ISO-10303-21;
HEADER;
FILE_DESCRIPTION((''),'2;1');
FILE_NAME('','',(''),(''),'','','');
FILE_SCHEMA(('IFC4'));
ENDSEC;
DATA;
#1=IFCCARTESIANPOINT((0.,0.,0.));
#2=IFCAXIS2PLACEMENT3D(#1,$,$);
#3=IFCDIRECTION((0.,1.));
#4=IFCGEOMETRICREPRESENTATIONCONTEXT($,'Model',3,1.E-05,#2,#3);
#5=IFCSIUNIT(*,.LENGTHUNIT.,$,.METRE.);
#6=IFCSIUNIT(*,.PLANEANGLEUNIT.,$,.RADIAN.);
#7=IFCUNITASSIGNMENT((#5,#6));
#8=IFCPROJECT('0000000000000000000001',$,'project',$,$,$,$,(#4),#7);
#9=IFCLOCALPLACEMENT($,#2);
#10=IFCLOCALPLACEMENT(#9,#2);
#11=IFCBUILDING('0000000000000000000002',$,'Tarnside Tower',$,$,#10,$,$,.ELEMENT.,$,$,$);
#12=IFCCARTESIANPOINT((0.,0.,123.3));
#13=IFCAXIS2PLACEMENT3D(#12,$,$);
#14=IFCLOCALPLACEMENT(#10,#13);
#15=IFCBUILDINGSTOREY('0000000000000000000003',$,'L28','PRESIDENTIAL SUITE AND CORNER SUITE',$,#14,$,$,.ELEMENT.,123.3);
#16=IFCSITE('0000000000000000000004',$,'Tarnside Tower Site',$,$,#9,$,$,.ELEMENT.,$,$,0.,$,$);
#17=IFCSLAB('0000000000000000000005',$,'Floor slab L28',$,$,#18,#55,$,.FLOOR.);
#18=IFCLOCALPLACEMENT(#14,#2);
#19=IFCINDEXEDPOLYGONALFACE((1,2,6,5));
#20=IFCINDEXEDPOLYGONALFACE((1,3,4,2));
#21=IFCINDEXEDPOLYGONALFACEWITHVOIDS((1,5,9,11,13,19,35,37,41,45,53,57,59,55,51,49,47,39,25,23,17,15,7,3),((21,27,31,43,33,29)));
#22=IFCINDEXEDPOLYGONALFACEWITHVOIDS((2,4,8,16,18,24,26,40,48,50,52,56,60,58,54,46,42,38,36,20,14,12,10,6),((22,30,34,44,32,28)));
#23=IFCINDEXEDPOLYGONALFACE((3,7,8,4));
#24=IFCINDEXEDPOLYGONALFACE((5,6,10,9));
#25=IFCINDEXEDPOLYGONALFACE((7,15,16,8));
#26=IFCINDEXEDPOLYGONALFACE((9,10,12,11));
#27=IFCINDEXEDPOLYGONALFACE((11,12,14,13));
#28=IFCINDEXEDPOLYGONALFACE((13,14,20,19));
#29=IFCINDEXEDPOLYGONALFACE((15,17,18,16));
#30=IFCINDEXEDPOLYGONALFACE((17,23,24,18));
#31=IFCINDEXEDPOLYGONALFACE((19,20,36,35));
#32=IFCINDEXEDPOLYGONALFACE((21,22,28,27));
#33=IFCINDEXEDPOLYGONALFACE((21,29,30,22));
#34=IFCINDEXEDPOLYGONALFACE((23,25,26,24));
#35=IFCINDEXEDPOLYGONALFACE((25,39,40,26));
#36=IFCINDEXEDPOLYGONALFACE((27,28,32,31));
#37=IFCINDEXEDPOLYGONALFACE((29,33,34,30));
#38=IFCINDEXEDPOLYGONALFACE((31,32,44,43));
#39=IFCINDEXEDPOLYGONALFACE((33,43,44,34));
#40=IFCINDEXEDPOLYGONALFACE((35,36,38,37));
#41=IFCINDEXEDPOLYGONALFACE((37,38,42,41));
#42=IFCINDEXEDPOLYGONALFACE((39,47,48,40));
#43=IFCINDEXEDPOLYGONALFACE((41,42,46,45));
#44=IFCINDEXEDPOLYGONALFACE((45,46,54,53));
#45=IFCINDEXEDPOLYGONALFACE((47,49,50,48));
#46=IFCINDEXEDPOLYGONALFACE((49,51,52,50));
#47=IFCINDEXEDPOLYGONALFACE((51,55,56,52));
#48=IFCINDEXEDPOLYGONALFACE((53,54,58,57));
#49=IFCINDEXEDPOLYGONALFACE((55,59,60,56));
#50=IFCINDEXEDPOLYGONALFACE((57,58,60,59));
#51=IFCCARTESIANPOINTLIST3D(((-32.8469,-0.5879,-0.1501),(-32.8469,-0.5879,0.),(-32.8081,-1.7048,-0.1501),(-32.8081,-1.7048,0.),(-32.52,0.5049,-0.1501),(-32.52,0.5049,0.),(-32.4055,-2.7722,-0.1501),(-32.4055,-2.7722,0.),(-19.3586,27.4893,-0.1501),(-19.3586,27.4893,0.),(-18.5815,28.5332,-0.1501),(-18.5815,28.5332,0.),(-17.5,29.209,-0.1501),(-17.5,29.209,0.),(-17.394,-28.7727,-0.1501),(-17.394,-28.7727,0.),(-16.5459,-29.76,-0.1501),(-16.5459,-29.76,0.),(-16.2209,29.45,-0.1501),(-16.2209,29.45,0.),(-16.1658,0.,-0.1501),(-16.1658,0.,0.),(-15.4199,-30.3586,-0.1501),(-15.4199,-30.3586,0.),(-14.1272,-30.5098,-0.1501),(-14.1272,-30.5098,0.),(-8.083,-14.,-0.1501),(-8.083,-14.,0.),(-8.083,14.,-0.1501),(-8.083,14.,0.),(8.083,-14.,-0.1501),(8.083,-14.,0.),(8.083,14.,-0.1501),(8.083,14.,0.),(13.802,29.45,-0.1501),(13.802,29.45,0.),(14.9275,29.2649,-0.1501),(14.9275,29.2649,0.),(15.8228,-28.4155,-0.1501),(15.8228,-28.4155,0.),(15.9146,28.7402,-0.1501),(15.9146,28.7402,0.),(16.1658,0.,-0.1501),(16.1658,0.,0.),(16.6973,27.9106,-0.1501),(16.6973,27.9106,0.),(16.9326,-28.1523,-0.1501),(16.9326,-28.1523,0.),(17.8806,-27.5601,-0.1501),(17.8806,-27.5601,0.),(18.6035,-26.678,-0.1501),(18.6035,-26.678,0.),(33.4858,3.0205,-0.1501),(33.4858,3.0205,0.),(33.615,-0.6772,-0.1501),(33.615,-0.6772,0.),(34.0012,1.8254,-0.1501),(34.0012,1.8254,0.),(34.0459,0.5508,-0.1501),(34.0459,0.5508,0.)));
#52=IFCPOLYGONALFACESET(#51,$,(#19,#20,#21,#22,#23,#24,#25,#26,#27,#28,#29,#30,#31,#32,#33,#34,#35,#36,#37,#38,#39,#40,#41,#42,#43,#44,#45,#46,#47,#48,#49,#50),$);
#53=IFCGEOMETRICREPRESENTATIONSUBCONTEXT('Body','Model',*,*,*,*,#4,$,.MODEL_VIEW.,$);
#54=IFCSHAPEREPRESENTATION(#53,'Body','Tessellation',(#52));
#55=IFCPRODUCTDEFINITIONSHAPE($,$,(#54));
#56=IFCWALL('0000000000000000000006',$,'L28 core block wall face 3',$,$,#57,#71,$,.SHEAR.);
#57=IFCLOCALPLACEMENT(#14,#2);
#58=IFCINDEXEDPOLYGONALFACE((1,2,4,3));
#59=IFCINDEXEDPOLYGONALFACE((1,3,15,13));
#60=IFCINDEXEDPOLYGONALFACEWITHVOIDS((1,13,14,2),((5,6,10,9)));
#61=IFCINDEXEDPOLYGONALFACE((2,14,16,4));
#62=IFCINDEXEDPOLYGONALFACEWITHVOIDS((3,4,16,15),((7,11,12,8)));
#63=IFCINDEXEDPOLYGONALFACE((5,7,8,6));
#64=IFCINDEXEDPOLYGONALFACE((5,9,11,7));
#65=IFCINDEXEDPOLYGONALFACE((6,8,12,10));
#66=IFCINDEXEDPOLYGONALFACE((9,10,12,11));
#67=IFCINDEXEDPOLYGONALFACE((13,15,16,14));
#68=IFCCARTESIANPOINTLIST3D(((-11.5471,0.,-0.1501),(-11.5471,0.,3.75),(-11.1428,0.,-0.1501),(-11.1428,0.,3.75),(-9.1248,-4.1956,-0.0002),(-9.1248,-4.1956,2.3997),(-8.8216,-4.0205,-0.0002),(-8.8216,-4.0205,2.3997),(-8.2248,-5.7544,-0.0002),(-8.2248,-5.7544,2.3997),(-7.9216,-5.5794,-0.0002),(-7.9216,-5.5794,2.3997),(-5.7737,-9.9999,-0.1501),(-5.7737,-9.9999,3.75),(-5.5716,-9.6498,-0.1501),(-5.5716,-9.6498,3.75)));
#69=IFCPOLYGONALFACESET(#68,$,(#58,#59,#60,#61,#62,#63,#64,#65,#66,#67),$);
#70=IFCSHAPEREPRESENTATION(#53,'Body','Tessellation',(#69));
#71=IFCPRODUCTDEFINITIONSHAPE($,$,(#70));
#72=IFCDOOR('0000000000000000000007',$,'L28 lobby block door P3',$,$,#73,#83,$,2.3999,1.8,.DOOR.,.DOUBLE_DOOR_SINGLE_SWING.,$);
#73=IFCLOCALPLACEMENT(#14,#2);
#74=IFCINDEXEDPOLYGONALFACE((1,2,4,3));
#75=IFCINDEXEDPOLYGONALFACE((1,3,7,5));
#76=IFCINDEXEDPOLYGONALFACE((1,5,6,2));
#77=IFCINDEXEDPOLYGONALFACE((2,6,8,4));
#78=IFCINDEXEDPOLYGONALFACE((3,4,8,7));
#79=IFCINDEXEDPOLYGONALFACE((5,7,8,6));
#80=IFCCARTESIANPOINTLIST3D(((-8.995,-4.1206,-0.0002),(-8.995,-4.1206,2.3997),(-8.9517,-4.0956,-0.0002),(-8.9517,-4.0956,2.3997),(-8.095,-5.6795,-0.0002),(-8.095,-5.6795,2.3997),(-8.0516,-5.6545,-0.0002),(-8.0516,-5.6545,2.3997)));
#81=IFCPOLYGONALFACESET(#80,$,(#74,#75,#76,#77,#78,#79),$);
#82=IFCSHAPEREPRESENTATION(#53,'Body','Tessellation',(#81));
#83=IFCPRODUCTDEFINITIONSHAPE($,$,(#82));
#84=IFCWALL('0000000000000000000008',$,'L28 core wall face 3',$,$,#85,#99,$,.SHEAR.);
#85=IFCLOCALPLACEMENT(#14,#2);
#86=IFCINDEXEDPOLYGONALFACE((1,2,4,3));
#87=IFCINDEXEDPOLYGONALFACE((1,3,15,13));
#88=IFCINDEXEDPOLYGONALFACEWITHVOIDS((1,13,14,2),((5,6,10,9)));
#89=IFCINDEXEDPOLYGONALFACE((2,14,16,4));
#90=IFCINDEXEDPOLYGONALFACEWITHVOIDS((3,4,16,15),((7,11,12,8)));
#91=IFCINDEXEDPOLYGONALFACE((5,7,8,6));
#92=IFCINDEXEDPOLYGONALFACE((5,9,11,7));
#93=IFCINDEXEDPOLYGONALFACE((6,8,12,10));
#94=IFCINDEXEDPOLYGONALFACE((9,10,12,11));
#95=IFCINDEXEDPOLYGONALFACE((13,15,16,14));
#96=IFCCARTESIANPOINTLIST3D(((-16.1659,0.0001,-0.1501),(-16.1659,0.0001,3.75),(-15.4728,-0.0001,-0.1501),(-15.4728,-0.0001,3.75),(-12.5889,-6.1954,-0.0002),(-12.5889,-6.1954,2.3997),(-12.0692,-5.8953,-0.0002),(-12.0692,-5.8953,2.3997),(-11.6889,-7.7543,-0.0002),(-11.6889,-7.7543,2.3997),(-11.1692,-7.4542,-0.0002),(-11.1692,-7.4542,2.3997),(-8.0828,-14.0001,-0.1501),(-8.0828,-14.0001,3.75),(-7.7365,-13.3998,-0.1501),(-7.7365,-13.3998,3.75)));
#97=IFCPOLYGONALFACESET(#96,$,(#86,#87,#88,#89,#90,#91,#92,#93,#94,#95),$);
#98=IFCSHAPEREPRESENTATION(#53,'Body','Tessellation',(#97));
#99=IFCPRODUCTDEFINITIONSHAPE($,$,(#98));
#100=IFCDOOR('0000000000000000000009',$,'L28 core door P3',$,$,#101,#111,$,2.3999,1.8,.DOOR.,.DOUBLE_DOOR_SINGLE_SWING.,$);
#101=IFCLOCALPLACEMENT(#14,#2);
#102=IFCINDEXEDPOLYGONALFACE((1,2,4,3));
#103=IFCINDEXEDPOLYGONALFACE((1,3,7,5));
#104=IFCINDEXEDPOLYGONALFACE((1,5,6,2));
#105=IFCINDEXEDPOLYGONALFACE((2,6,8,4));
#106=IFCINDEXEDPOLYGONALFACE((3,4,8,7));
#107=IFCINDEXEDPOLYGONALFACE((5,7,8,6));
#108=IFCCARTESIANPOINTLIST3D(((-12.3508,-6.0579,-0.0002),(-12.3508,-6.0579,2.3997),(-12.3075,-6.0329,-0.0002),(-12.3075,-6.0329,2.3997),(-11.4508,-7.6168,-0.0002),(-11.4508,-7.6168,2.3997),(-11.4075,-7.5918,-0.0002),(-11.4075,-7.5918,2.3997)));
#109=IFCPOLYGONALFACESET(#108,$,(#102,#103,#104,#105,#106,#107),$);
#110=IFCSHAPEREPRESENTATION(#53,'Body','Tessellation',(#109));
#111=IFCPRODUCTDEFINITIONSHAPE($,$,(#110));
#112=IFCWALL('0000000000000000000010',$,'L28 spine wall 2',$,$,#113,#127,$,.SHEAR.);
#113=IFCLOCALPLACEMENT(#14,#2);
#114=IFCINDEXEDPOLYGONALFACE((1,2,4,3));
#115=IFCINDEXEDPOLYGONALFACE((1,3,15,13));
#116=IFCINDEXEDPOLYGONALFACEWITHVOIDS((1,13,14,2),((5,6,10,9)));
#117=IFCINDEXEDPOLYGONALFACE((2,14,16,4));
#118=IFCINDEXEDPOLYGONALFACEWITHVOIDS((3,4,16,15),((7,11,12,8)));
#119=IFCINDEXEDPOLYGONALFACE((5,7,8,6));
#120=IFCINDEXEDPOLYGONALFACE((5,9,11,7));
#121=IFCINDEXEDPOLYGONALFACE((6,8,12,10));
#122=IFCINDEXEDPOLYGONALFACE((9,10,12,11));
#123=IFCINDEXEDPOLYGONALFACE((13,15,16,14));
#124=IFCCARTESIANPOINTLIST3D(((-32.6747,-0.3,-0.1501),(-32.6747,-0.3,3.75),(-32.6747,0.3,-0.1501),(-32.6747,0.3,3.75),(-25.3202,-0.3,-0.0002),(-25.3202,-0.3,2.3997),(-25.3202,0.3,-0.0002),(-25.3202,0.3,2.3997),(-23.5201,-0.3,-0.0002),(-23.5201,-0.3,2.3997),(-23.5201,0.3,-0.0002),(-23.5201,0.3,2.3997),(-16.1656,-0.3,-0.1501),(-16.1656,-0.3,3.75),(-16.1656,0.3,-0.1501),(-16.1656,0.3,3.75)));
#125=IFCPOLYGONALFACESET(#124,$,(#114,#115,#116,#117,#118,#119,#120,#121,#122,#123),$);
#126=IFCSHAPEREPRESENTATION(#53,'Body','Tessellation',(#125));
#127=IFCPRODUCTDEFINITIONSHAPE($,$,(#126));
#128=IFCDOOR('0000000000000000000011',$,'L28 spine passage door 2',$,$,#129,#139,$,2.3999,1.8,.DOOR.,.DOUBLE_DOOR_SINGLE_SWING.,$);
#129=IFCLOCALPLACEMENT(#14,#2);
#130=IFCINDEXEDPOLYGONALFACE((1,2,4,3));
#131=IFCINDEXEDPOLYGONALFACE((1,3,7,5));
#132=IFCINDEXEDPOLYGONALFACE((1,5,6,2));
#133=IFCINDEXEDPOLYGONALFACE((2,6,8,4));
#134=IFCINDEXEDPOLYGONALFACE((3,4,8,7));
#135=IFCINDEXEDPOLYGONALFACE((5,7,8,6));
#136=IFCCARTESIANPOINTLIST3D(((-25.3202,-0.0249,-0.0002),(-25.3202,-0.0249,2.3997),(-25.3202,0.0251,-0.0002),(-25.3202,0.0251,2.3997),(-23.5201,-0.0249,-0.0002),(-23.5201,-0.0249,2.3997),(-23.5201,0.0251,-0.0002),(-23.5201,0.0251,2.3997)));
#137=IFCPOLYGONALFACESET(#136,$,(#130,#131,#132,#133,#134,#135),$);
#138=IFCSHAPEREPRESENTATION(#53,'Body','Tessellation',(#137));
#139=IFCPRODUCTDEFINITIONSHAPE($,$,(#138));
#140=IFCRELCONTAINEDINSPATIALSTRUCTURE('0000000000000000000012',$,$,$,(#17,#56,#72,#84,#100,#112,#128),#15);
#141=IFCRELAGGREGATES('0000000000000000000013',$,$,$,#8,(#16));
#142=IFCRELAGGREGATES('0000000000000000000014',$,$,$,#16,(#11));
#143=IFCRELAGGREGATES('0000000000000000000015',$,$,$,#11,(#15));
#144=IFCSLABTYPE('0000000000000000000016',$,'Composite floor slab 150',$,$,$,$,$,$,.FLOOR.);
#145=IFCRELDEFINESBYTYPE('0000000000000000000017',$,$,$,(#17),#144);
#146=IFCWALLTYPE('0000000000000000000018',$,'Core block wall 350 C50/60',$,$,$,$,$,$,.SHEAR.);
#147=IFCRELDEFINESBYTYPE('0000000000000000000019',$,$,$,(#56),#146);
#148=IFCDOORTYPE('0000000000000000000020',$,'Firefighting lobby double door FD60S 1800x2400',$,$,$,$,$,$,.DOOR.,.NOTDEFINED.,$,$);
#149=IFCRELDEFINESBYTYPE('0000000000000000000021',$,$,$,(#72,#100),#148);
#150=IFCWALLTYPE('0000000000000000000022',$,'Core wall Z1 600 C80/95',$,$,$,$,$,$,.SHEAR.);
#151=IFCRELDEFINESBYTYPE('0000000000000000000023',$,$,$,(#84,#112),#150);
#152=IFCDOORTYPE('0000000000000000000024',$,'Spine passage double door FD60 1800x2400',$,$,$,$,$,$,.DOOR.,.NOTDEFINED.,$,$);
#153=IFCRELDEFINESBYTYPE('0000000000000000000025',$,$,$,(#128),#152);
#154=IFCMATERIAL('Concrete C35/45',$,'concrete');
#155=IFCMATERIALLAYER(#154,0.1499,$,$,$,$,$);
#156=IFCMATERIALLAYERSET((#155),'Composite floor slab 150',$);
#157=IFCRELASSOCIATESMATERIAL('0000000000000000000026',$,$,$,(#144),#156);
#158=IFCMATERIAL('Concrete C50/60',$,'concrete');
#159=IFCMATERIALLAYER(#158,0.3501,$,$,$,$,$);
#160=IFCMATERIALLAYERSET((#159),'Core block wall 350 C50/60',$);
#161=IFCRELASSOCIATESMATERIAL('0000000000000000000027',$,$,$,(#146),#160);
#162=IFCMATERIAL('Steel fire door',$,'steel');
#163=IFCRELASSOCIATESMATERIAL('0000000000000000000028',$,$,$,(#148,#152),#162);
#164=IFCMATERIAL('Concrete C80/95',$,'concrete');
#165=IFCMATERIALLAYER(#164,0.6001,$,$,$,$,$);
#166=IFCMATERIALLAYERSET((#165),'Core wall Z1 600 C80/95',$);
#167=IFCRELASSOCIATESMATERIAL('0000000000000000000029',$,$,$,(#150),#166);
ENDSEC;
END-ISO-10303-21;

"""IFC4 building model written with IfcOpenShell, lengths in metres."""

from ifc_helpers import new_model, si_unit, direction, frame, frame_2d, origin, place, context, subcontext, project, spatial, polyline, rectangle, outline, extrude, material, layer, layer_set, type_object, element, fill, save


model = new_model("IFC4")

# Units and contexts
model_context = context("Model", 3, precision=1e-05, world=origin(), true_north=direction((0.0, 1.0)))
body_context = subcontext(model_context, "Body", "Model", "MODEL_VIEW")
ifc_project = project(units=[si_unit("LENGTHUNIT", "METRE"), si_unit("PLANEANGLEUNIT", "RADIAN")], contexts=[model_context])

# Site, building, storey
site_placement = place(None, origin())
site = spatial("IfcSite", under=ifc_project, at=site_placement, Name="Tarnside Tower Site", CompositionType="ELEMENT", RefElevation=0.0)
building_placement = place(site_placement, origin())
building = spatial("IfcBuilding", under=site, at=building_placement, Name="Tarnside Tower", CompositionType="ELEMENT")
storey_placement = place(building_placement, frame((0.0, 0.0, 123.3)))
storey = spatial("IfcBuildingStorey", under=building, at=storey_placement, Name="L28", Description="PRESIDENTIAL SUITE AND CORNER SUITE", CompositionType="ELEMENT", Elevation=123.3)

# Slab
ifc_material_1 = material(Name="Concrete C35/45", Category="concrete")
ifc_layer_1 = layer(ifc_material_1, 0.1499)
ifc_layer_set_1 = layer_set([ifc_layer_1], Name="Composite floor slab 150")
slab_type = type_object("IfcSlabType", Name="Composite floor slab 150", PredefinedType="FLOOR", material=ifc_layer_set_1)
slab_placement = place(storey_placement, frame((0.0, 0.0, -0.1501)))
element("IfcSlab", 1, at=slab_placement, inside=storey, type_object=slab_type, Name="Floor slab L28", PredefinedType="FLOOR", context=body_context, shape_type="SweptSolid", body=[
    extrude(outline(polyline([(14.9275, 29.2649), (15.9146, 28.7402), (16.6973, 27.9106), (33.4858, 3.0205), (34.0012, 1.8254), (34.0459, 0.5508), (33.615, -0.6772), (18.6035, -26.678), (17.8806, -27.5601), (16.9326, -28.1523), (15.8228, -28.4155), (-14.1272, -30.5098), (-15.4199, -30.3586), (-16.5459, -29.76), (-17.394, -28.7727), (-32.4055, -2.7722), (-32.8081, -1.7048), (-32.8469, -0.5879), (-32.52, 0.5049), (-19.3586, 27.4893), (-18.5815, 28.5332), (-17.5, 29.209), (-16.2209, 29.45), (13.802, 29.45), (14.9275, 29.2649)]), holes=[polyline([(-16.1658, 0.0), (-8.083, -14.0), (8.083, -14.0), (16.1658, 0.0), (8.083, 14.0), (-8.083, 14.0), (-16.1658, 0.0)])]), origin(), (0.0, 0.0, 1.0), 0.1501),
])

# Walls, openings, doors
ifc_material_2 = material(Name="Concrete C50/60", Category="concrete")
ifc_layer_2 = layer(ifc_material_2, 0.3501)
ifc_layer_set_2 = layer_set([ifc_layer_2], Name="Core block wall 350 C50/60")
wall_type_1 = type_object("IfcWallType", Name="Core block wall 350 C50/60", PredefinedType="SHEAR", material=ifc_layer_set_2)
wall_1_placement = place(storey_placement, frame((-11.345, 0.0, -0.1501), z_axis=(0.0, 0.0, 1.0), x_axis=(0.499995, -0.866028, 0.0)))
wall_1 = element("IfcWall", 2, at=wall_1_placement, inside=storey, type_object=wall_type_1, Name="L28 core block wall face 3", PredefinedType="SHEAR", context=body_context, shape_type="SweptSolid", body=[
    extrude(outline(polyline([(-0.1011, -0.175), (11.4458, -0.175), (11.2437, 0.175), (0.1011, 0.175), (-0.1011, -0.175)])), origin(), (0.0, 0.0, 1.0), 3.9001),
])
opening_1_placement = place(wall_1_placement, frame((4.7437, 0.0, 0.1499)))
opening_1 = element("IfcOpeningElement", 3, at=opening_1_placement, cuts=wall_1, PredefinedType="OPENING", context=body_context, shape_type="SweptSolid", body=[
    extrude(rectangle(XDim=1.8, YDim=2.3999, at=frame_2d((0.8999, 1.2))), frame((0.0, 0.1851, 0.0), z_axis=(0.0, -1.0, 0.0), x_axis=(1.0, 0.0, 0.0)), (0.0, 0.0, 1.0), 0.3701),
])
ifc_material_3 = material(Name="Steel fire door", Category="steel")
door_type_1 = type_object("IfcDoorType", Name="Firefighting lobby double door FD60S 1800x2400", OperationType="NOTDEFINED", PredefinedType="DOOR", material=ifc_material_3)
door_1_placement = place(opening_1_placement, origin())
door_1 = element("IfcDoor", 4, at=door_1_placement, inside=storey, type_object=door_type_1, Name="L28 lobby block door P3", OperationType="DOUBLE_DOOR_SINGLE_SWING", OverallHeight=2.3999, OverallWidth=1.8, PredefinedType="DOOR", context=body_context, shape_type="SweptSolid", body=[
    extrude(rectangle(XDim=1.8, YDim=2.3999, at=frame_2d((0.8999, 1.2))), frame((0.0, 0.0249, 0.0), z_axis=(0.0, -1.0, 0.0), x_axis=(1.0, 0.0, 0.0)), (0.0, 0.0, 1.0), 0.05),
])
fill(opening_1, door_1)
ifc_material_4 = material(Name="Concrete C80/95", Category="concrete")
ifc_layer_3 = layer(ifc_material_4, 0.6001)
ifc_layer_set_3 = layer_set([ifc_layer_3], Name="Core wall Z1 600 C80/95")
wall_type_2 = type_object("IfcWallType", Name="Core wall Z1 600 C80/95", PredefinedType="SHEAR", material=ifc_layer_set_3)
wall_2_placement = place(storey_placement, frame((-15.8193, 0.0, -0.1501), z_axis=(0.0, 0.0, 1.0), x_axis=(0.5, -0.866025, 0.0)))
wall_2 = element("IfcWall", 5, at=wall_2_placement, inside=storey, type_object=wall_type_2, Name="L28 core wall face 3", PredefinedType="SHEAR", context=body_context, shape_type="SweptSolid", body=[
    extrude(outline(polyline([(-0.1733, -0.3), (15.9927, -0.3), (15.646, 0.3), (0.1733, 0.3), (-0.1733, -0.3)])), origin(), (0.0, 0.0, 1.0), 3.9001),
])
opening_2_placement = place(wall_2_placement, frame((6.9807, 0.0, 0.1499)))
opening_2 = element("IfcOpeningElement", 6, at=opening_2_placement, cuts=wall_2, PredefinedType="OPENING", context=body_context, shape_type="SweptSolid", body=[
    extrude(rectangle(XDim=1.8, YDim=2.3999, at=frame_2d((0.8999, 1.2))), frame((0.0, 0.3101, 0.0), z_axis=(0.0, -1.0, 0.0), x_axis=(1.0, 0.0, 0.0)), (0.0, 0.0, 1.0), 0.6201),
])
door_2_placement = place(opening_2_placement, origin())
door_2 = element("IfcDoor", 7, at=door_2_placement, inside=storey, type_object=door_type_1, Name="L28 core door P3", OperationType="DOUBLE_DOOR_SINGLE_SWING", OverallHeight=2.3999, OverallWidth=1.8, PredefinedType="DOOR", context=body_context, shape_type="SweptSolid", body=[
    extrude(rectangle(XDim=1.8, YDim=2.3999, at=frame_2d((0.8999, 1.2))), frame((0.0, 0.0249, 0.0), z_axis=(0.0, -1.0, 0.0), x_axis=(1.0, 0.0, 0.0)), (0.0, 0.0, 1.0), 0.05),
])
fill(opening_2, door_2)
wall_3_placement = place(storey_placement, frame((-16.1658, 0.0, -0.1501), z_axis=(0.0, 0.0, 1.0), x_axis=(-1.0, 0.0, 0.0)))
wall_3 = element("IfcWall", 8, at=wall_3_placement, inside=storey, type_object=wall_type_2, Name="L28 spine wall 2", PredefinedType="SHEAR", context=body_context, shape_type="SweptSolid", body=[
    extrude(rectangle(XDim=16.509, YDim=0.6001, at=frame_2d((8.2544, 0.0))), origin(), (0.0, 0.0, 1.0), 3.9001),
])
opening_3_placement = place(wall_3_placement, frame((7.3545, 0.0, 0.1499)))
opening_3 = element("IfcOpeningElement", 9, at=opening_3_placement, cuts=wall_3, PredefinedType="OPENING", context=body_context, shape_type="SweptSolid", body=[
    extrude(rectangle(XDim=1.8, YDim=2.3999, at=frame_2d((0.8999, 1.2))), frame((0.0, 0.3101, 0.0), z_axis=(0.0, -1.0, 0.0), x_axis=(1.0, 0.0, 0.0)), (0.0, 0.0, 1.0), 0.6201),
])
door_type_2 = type_object("IfcDoorType", Name="Spine passage double door FD60 1800x2400", OperationType="NOTDEFINED", PredefinedType="DOOR", material=ifc_material_3)
door_3_placement = place(opening_3_placement, origin())
door_3 = element("IfcDoor", 10, at=door_3_placement, inside=storey, type_object=door_type_2, Name="L28 spine passage door 2", OperationType="DOUBLE_DOOR_SINGLE_SWING", OverallHeight=2.3999, OverallWidth=1.8, PredefinedType="DOOR", context=body_context, shape_type="SweptSolid", body=[
    extrude(rectangle(XDim=1.8, YDim=2.3999, at=frame_2d((0.8999, 1.2))), frame((0.0, 0.0249, 0.0), z_axis=(0.0, -1.0, 0.0), x_axis=(1.0, 0.0, 0.0)), (0.0, 0.0, 1.0), 0.05),
])
fill(opening_3, door_3)

save(model, "model.ifc")
